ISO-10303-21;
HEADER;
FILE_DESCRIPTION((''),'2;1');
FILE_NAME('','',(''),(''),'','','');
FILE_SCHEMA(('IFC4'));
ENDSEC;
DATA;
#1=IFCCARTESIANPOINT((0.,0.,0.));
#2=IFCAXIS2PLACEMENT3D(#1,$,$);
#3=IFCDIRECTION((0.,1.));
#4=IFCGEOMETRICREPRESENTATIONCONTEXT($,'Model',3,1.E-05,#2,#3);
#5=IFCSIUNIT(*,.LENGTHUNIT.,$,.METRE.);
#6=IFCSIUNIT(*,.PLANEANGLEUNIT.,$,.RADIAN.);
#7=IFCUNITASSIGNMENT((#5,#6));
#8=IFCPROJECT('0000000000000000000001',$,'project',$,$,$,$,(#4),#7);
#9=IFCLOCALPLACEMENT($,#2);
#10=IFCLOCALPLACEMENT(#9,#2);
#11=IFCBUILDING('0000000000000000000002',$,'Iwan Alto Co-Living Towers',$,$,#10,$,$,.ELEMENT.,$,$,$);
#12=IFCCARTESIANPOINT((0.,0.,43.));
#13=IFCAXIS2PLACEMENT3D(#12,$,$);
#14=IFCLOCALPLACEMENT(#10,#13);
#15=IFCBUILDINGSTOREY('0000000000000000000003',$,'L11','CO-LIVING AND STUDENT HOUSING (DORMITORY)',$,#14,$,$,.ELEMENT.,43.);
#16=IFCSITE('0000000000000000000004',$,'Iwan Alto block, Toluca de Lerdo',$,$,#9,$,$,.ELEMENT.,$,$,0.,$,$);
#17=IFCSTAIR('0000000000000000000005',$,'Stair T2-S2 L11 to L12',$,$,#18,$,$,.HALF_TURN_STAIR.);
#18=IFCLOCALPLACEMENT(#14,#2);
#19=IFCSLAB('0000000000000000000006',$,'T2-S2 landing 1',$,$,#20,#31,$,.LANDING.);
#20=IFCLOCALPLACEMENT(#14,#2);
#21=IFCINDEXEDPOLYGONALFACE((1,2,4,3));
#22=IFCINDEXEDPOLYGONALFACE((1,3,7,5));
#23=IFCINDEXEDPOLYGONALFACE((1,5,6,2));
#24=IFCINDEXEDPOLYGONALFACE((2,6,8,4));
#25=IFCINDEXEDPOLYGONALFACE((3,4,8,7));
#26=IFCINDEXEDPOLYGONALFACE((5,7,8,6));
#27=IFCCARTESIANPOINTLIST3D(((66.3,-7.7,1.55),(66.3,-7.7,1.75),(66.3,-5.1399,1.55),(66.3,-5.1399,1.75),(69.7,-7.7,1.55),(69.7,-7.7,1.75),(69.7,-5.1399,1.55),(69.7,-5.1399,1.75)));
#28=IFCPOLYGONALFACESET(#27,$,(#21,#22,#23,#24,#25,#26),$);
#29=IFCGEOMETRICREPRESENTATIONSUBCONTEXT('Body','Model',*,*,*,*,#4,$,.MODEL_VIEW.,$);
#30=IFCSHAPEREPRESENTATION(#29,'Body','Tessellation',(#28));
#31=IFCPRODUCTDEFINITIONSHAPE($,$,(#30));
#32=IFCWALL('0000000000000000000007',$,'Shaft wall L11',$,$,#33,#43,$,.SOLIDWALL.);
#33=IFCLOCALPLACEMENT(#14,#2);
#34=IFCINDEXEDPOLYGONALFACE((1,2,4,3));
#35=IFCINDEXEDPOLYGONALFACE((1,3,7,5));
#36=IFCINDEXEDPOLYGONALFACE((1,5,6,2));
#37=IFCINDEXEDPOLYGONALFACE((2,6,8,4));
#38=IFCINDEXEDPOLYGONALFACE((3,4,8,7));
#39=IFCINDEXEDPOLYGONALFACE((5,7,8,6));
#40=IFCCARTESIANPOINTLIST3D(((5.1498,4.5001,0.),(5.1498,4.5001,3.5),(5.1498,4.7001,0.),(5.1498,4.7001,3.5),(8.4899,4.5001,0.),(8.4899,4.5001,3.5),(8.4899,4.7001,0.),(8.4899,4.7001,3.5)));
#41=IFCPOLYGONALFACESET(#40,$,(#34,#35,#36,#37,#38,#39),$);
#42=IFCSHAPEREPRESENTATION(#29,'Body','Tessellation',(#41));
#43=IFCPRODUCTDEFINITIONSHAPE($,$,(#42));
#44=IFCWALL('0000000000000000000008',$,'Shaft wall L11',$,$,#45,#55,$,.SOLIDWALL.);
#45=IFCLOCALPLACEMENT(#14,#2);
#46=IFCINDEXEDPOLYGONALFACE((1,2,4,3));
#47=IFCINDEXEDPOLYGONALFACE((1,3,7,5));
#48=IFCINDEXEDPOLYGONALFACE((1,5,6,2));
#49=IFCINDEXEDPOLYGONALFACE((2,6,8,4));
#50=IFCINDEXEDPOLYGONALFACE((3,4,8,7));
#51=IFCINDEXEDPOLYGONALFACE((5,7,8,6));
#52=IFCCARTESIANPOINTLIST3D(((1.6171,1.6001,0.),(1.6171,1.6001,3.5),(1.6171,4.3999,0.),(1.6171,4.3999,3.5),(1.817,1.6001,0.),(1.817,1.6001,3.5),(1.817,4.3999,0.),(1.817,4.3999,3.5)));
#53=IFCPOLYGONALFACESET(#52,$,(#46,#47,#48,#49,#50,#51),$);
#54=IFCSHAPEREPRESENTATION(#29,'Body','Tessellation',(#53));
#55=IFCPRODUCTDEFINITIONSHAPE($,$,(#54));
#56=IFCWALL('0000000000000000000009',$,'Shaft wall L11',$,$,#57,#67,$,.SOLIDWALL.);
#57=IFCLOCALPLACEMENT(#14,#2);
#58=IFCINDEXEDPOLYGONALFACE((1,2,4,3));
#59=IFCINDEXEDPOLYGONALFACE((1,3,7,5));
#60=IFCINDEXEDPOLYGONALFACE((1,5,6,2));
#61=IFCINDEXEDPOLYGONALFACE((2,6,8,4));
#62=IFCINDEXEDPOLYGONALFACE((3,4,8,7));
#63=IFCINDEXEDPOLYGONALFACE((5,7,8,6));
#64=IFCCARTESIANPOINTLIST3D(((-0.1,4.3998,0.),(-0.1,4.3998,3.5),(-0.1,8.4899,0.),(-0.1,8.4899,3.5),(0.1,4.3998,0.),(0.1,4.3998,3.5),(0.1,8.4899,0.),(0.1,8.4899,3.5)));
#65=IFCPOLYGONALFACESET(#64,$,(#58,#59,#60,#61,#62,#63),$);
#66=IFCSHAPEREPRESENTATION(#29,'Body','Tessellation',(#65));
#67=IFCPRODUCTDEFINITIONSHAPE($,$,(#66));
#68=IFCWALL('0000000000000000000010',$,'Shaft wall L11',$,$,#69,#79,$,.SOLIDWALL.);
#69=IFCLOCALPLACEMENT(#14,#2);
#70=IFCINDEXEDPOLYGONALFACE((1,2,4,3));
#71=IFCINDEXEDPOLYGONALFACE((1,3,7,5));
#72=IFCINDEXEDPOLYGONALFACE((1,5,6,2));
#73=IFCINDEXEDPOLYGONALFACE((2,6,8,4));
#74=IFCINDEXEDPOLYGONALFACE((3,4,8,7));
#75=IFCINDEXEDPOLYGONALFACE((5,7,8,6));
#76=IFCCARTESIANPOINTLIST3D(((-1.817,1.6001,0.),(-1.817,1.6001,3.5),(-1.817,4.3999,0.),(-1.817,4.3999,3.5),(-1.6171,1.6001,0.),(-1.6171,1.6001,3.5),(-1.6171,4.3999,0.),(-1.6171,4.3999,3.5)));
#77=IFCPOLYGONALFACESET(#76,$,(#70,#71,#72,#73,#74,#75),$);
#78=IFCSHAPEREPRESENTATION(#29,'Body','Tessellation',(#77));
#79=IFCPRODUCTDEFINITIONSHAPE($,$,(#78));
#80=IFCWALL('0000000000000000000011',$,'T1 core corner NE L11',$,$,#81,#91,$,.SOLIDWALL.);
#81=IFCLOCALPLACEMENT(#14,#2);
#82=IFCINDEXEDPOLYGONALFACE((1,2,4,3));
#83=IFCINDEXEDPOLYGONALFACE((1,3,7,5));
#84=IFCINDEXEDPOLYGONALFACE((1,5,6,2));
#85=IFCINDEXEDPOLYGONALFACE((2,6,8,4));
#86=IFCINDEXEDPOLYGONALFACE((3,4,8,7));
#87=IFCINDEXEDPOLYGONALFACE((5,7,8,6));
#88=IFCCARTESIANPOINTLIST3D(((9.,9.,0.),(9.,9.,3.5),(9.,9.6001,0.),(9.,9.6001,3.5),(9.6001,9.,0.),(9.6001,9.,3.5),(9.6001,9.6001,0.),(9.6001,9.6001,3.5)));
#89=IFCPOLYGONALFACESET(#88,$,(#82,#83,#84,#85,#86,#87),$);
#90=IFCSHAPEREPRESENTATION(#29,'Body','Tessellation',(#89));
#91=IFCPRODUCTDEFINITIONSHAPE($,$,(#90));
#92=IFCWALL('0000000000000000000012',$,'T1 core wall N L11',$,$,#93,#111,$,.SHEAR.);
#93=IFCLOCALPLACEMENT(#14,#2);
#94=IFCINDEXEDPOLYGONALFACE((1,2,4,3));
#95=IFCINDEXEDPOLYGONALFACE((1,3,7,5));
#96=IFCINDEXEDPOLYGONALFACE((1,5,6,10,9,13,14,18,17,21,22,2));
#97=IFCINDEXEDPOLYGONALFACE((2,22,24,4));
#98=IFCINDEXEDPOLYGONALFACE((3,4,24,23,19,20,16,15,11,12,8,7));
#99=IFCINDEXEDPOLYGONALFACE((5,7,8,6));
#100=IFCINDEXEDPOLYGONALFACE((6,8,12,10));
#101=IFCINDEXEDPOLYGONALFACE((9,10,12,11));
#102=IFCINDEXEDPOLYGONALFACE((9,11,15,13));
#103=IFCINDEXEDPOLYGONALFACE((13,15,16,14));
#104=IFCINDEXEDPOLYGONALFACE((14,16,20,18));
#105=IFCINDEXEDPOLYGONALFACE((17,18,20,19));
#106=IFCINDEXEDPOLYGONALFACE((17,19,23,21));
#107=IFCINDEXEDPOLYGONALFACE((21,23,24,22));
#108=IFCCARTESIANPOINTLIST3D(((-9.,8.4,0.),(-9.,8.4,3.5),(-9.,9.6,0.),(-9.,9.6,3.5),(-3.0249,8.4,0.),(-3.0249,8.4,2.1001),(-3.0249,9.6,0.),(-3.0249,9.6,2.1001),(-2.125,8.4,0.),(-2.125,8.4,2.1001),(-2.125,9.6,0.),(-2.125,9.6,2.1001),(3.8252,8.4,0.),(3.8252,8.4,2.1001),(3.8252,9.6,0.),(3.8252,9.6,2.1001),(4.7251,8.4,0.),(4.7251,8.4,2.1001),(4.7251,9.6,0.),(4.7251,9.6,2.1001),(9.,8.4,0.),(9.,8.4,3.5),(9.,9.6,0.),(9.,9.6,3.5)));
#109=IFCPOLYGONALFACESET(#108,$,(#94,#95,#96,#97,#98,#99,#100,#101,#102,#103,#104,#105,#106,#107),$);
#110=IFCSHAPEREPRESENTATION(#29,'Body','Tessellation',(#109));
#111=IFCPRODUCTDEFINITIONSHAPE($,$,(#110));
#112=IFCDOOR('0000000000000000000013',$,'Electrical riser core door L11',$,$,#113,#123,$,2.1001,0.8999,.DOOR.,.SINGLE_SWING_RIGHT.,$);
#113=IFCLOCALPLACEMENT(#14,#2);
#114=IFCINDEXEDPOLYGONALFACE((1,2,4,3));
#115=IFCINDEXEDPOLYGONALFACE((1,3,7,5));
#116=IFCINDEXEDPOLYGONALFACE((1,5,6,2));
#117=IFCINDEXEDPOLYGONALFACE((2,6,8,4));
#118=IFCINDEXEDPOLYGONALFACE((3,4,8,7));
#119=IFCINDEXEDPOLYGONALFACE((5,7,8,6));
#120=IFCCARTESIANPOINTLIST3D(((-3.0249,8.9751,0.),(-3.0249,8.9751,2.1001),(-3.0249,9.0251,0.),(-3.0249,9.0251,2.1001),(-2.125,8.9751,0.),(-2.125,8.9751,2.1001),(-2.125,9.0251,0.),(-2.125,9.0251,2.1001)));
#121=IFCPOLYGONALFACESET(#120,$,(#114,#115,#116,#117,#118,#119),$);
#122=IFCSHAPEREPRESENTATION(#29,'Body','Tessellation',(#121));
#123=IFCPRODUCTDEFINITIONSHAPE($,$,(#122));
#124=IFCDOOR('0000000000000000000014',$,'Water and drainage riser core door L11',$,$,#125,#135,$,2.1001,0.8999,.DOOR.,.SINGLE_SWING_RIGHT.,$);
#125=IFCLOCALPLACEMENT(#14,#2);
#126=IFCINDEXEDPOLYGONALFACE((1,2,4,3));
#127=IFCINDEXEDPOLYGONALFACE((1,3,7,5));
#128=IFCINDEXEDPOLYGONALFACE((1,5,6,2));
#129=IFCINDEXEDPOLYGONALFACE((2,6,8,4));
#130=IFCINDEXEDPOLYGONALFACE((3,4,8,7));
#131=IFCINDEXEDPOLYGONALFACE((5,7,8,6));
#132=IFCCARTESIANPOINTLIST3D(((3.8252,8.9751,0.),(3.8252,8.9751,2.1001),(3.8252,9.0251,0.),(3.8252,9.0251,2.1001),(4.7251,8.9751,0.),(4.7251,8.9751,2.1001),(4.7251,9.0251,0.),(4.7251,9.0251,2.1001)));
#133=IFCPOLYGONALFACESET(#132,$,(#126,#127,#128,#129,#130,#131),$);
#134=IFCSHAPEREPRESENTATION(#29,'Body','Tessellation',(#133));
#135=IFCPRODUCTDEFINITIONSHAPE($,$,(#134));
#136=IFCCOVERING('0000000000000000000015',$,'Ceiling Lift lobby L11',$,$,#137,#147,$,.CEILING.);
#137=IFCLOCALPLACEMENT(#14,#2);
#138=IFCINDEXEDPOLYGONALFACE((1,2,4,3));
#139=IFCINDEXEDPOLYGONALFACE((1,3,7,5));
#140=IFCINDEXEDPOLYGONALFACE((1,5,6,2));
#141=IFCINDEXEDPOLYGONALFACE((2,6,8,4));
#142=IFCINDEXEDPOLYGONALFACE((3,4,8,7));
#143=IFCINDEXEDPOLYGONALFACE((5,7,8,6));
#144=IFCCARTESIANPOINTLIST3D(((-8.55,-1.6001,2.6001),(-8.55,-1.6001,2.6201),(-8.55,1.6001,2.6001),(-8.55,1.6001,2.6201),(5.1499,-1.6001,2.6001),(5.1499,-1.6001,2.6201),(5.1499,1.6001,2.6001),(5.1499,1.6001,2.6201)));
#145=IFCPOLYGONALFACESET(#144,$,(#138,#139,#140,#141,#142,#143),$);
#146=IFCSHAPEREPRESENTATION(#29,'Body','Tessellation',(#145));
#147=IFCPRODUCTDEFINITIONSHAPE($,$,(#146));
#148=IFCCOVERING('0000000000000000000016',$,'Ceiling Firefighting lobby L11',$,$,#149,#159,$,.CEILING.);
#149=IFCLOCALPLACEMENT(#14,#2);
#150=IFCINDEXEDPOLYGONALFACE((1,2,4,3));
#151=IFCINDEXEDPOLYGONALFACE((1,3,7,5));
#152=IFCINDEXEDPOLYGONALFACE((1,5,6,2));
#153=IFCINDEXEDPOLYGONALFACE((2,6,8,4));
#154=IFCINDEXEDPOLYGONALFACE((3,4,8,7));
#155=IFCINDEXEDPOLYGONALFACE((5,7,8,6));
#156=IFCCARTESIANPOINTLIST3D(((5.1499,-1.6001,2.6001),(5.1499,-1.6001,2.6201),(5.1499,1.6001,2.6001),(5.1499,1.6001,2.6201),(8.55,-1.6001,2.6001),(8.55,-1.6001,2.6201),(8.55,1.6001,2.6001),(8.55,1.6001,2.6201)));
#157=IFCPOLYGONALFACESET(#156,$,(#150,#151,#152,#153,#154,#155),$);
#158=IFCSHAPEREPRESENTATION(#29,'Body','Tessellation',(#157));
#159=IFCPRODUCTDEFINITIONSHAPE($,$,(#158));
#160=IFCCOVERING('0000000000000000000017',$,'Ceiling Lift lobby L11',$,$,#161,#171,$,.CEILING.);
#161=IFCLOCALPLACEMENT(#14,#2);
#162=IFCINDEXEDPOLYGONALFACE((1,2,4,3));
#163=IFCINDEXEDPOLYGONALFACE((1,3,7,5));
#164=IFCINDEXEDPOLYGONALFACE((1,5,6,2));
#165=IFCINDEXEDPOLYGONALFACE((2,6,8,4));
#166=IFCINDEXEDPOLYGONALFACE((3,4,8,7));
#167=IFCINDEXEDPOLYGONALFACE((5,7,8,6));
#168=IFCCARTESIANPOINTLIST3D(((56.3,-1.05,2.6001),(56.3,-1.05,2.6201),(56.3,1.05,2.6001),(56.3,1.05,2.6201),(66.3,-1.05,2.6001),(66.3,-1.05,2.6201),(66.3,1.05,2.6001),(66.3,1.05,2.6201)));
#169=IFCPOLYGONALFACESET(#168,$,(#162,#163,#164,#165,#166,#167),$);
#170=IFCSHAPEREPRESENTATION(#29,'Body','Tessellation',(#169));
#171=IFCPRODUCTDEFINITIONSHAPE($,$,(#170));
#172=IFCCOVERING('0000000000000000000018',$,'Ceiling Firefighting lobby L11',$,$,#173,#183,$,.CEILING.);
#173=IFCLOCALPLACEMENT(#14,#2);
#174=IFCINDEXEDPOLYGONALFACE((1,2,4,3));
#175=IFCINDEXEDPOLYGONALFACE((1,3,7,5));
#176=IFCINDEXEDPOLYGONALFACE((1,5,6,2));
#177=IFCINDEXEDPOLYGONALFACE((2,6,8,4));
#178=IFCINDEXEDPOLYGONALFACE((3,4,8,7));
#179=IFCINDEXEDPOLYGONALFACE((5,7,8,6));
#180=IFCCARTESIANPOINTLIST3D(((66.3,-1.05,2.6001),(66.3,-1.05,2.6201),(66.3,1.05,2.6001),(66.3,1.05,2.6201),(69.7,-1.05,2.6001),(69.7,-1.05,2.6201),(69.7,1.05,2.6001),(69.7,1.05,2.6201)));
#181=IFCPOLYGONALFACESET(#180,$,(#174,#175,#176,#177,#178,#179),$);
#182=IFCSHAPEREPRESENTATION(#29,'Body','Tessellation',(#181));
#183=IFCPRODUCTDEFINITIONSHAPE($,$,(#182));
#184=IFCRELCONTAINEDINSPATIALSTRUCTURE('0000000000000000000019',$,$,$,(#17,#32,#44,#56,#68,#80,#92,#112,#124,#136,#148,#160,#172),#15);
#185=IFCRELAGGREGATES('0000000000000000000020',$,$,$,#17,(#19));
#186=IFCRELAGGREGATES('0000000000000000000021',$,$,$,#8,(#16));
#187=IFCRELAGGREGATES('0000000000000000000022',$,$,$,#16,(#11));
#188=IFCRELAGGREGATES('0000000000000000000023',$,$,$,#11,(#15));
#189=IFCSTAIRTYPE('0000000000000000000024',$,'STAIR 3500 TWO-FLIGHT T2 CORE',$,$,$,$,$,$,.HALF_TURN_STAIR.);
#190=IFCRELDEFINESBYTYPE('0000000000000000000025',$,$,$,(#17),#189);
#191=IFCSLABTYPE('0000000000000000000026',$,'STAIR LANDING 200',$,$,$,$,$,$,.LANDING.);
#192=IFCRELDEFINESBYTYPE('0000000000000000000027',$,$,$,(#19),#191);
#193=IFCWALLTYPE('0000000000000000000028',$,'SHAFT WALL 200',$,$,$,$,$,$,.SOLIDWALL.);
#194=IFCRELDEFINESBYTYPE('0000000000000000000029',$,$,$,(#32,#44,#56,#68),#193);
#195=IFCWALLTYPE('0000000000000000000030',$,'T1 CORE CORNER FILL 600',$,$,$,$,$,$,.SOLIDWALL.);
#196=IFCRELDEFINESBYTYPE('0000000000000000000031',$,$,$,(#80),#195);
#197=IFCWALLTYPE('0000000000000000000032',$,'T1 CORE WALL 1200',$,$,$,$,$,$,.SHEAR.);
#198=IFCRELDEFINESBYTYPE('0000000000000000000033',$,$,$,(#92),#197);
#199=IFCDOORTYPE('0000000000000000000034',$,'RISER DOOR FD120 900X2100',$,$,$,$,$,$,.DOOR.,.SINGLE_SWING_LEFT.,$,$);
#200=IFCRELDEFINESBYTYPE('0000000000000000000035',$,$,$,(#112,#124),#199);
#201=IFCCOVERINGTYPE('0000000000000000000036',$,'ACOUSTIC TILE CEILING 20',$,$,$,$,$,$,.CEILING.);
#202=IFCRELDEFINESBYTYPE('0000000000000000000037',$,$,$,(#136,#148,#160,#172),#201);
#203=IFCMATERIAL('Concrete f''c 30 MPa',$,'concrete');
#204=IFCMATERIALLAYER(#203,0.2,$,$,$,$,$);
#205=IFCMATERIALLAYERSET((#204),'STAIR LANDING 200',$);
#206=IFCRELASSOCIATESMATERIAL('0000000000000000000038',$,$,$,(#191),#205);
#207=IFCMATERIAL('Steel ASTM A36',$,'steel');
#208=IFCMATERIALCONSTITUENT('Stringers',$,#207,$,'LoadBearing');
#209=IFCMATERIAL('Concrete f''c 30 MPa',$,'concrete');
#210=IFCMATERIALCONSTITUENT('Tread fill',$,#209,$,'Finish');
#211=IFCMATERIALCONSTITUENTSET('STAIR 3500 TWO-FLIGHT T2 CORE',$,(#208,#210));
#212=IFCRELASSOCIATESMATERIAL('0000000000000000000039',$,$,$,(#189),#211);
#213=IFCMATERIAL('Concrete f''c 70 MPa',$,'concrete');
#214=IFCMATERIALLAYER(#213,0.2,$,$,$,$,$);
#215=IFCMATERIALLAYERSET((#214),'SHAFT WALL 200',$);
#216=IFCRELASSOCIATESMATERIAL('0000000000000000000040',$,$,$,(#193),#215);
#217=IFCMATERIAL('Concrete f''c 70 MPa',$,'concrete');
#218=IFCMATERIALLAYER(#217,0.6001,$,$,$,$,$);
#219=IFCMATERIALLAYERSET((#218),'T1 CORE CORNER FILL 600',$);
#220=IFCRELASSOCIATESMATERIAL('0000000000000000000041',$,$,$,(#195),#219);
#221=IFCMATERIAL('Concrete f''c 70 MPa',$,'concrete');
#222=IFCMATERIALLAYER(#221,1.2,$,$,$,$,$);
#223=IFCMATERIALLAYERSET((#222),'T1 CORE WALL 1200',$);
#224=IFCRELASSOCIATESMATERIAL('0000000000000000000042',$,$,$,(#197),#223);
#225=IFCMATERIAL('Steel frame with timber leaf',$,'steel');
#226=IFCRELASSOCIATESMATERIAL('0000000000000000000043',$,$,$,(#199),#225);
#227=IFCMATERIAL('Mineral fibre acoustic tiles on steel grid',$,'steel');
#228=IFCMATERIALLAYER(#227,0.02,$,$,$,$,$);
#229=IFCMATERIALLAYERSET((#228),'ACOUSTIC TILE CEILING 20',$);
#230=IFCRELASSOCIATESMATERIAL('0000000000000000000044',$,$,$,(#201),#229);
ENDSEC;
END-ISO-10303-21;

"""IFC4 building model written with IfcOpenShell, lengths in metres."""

from ifc_helpers import new_model, si_unit, direction, frame, frame_2d, origin, place, context, subcontext, project, spatial, polyline, rectangle, outline, extrude, material, layer, layer_set, constituent, constituent_set, type_object, element, fill, aggregate, save


model = new_model("IFC4")

# Units and contexts
model_context = context("Model", 3, precision=1e-05, world=origin(), true_north=direction((0.0, 1.0)))
body_context = subcontext(model_context, "Body", "Model", "MODEL_VIEW")
ifc_project = project(units=[si_unit("LENGTHUNIT", "METRE"), si_unit("PLANEANGLEUNIT", "RADIAN")], contexts=[model_context])

# Site, building, storey
site_placement = place(None, origin())
site = spatial("IfcSite", under=ifc_project, at=site_placement, Name="Iwan Alto block, Toluca de Lerdo", CompositionType="ELEMENT", RefElevation=0.0)
building_placement = place(site_placement, origin())
building = spatial("IfcBuilding", under=site, at=building_placement, Name="Iwan Alto Co-Living Towers", CompositionType="ELEMENT")
storey_placement = place(building_placement, frame((0.0, 0.0, 43.0)))
storey = spatial("IfcBuildingStorey", under=building, at=storey_placement, Name="L11", Description="CO-LIVING AND STUDENT HOUSING (DORMITORY)", CompositionType="ELEMENT", Elevation=43.0)

# Stair, slab
ifc_material_1 = material(Name="Steel ASTM A36", Category="steel")
ifc_material_2 = material(Name="Concrete f'c 30 MPa", Category="concrete")
ifc_material_3 = material(Name="Concrete f'c 30 MPa", Category="concrete")
ifc_layer_1 = layer(ifc_material_3, 0.2)
ifc_layer_set_1 = layer_set([ifc_layer_1], Name="STAIR LANDING 200")
slab_type_1 = type_object("IfcSlabType", Name="STAIR LANDING 200", PredefinedType="LANDING", material=ifc_layer_set_1)
ifc_constituent_1 = constituent(ifc_material_1, Name="Stringers", Category="LoadBearing")
ifc_constituent_2 = constituent(ifc_material_2, Name="Tread fill", Category="Finish")
ifc_constituent_set_1 = constituent_set(constituents=[ifc_constituent_1, ifc_constituent_2], Name="STAIR 3500 TWO-FLIGHT T2 CORE")
stair_type_1 = type_object("IfcStairType", Name="STAIR 3500 TWO-FLIGHT T2 CORE", PredefinedType="HALF_TURN_STAIR", material=ifc_constituent_set_1)
stair_1_placement = place(storey_placement, origin())
stair_1 = element("IfcStair", 1, at=stair_1_placement, inside=storey, type_object=stair_type_1, Name="Stair T2-S2 L11 to L12", PredefinedType="HALF_TURN_STAIR")
slab_1_placement = place(storey_placement, frame((0.0, 0.0, 1.55)))
slab_1 = element("IfcSlab", 2, at=slab_1_placement, type_object=slab_type_1, Name="T2-S2 landing 1", PredefinedType="LANDING", context=body_context, shape_type="SweptSolid", body=[
    extrude(outline(polyline([(66.3, -5.1399), (66.3, -7.7), (69.7, -7.7), (69.7, -5.1399), (66.3, -5.1399)])), origin(), (0.0, 0.0, 1.0), 0.2),
])
aggregate(stair_1, [slab_1])

# Walls
ifc_material_4 = material(Name="Concrete f'c 70 MPa", Category="concrete")
ifc_layer_2 = layer(ifc_material_4, 0.2)
ifc_layer_set_2 = layer_set([ifc_layer_2], Name="SHAFT WALL 200")
wall_type_1 = type_object("IfcWallType", Name="SHAFT WALL 200", PredefinedType="SOLIDWALL", material=ifc_layer_set_2)
wall_1_placement = place(storey_placement, frame((5.1499, 4.6001, 0.0), z_axis=(0.0, 0.0, 1.0), x_axis=(1.0, 0.0, 0.0)))
element("IfcWall", 3, at=wall_1_placement, inside=storey, type_object=wall_type_1, Name="Shaft wall L11", PredefinedType="SOLIDWALL", context=body_context, shape_type="SweptSolid", body=[
    extrude(rectangle(XDim=3.3401, YDim=0.2, at=frame_2d((1.6699, 0.0))), origin(), (0.0, 0.0, 1.0), 3.5),
])
wall_2_placement = place(storey_placement, frame((1.717, 1.6001, 0.0), z_axis=(0.0, 0.0, 1.0), x_axis=(0.0, 1.0, 0.0)))
element("IfcWall", 4, at=wall_2_placement, inside=storey, type_object=wall_type_1, Name="Shaft wall L11", PredefinedType="SOLIDWALL", context=body_context, shape_type="SweptSolid", body=[
    extrude(rectangle(XDim=2.7998, YDim=0.2, at=frame_2d((1.3999, 0.0))), origin(), (0.0, 0.0, 1.0), 3.5),
])
wall_3_placement = place(storey_placement, frame((0.0, 4.3999, 0.0), z_axis=(0.0, 0.0, 1.0), x_axis=(0.0, 1.0, 0.0)))
element("IfcWall", 5, at=wall_3_placement, inside=storey, type_object=wall_type_1, Name="Shaft wall L11", PredefinedType="SOLIDWALL", context=body_context, shape_type="SweptSolid", body=[
    extrude(rectangle(XDim=4.0901, YDim=0.2, at=frame_2d((2.0449, 0.0))), origin(), (0.0, 0.0, 1.0), 3.5),
])
wall_4_placement = place(storey_placement, frame((-1.717, 1.6001, 0.0), z_axis=(0.0, 0.0, 1.0), x_axis=(0.0, 1.0, 0.0)))
element("IfcWall", 6, at=wall_4_placement, inside=storey, type_object=wall_type_1, Name="Shaft wall L11", PredefinedType="SOLIDWALL", context=body_context, shape_type="SweptSolid", body=[
    extrude(rectangle(XDim=2.7998, YDim=0.2, at=frame_2d((1.3999, 0.0))), origin(), (0.0, 0.0, 1.0), 3.5),
])
ifc_material_5 = material(Name="Concrete f'c 70 MPa", Category="concrete")
ifc_layer_3 = layer(ifc_material_5, 0.6001)
ifc_layer_set_3 = layer_set([ifc_layer_3], Name="T1 CORE CORNER FILL 600")
wall_type_2 = type_object("IfcWallType", Name="T1 CORE CORNER FILL 600", PredefinedType="SOLIDWALL", material=ifc_layer_set_3)
wall_5_placement = place(storey_placement, frame((9.0, 9.3, 0.0), z_axis=(0.0, 0.0, 1.0), x_axis=(1.0, 0.0, 0.0)))
element("IfcWall", 7, at=wall_5_placement, inside=storey, type_object=wall_type_2, Name="T1 core corner NE L11", PredefinedType="SOLIDWALL", context=body_context, shape_type="SweptSolid", body=[
    extrude(rectangle(XDim=0.6001, YDim=0.6001, at=frame_2d((0.3, 0.0))), origin(), (0.0, 0.0, 1.0), 3.5),
])

# Wall, openings, doors
ifc_material_6 = material(Name="Concrete f'c 70 MPa", Category="concrete")
ifc_layer_4 = layer(ifc_material_6, 1.2)
ifc_layer_set_4 = layer_set([ifc_layer_4], Name="T1 CORE WALL 1200")
wall_type_3 = type_object("IfcWallType", Name="T1 CORE WALL 1200", PredefinedType="SHEAR", material=ifc_layer_set_4)
wall_6_placement = place(storey_placement, frame((9.0, 9.0, 0.0), z_axis=(0.0, 0.0, 1.0), x_axis=(-1.0, 0.0, 0.0)))
wall_6 = element("IfcWall", 8, at=wall_6_placement, inside=storey, type_object=wall_type_3, Name="T1 core wall N L11", PredefinedType="SHEAR", context=body_context, shape_type="SweptSolid", body=[
    extrude(rectangle(XDim=18.0, YDim=1.2, at=frame_2d((9.0, 0.0))), origin(), (0.0, 0.0, 1.0), 3.5),
])
opening_1_placement = place(wall_6_placement, frame((11.125, 0.0, 0.0)))
opening_1 = element("IfcOpeningElement", 9, at=opening_1_placement, cuts=wall_6, PredefinedType="OPENING", context=body_context, shape_type="SweptSolid", body=[
    extrude(rectangle(XDim=0.8999, YDim=2.1001, at=frame_2d((0.45, 1.05))), frame((0.0, 0.6099, 0.0), z_axis=(0.0, -1.0, 0.0), x_axis=(1.0, 0.0, 0.0)), (0.0, 0.0, 1.0), 1.22),
])
opening_2_placement = place(wall_6_placement, frame((4.2749, 0.0, 0.0)))
opening_2 = element("IfcOpeningElement", 10, at=opening_2_placement, cuts=wall_6, PredefinedType="OPENING", context=body_context, shape_type="SweptSolid", body=[
    extrude(rectangle(XDim=0.8999, YDim=2.1001, at=frame_2d((0.45, 1.05))), frame((0.0, 0.6099, 0.0), z_axis=(0.0, -1.0, 0.0), x_axis=(1.0, 0.0, 0.0)), (0.0, 0.0, 1.0), 1.22),
])
ifc_material_7 = material(Name="Steel frame with timber leaf", Category="steel")
door_type = type_object("IfcDoorType", Name="RISER DOOR FD120 900X2100", OperationType="SINGLE_SWING_LEFT", PredefinedType="DOOR", material=ifc_material_7)
door_1_placement = place(opening_1_placement, origin())
door_1 = element("IfcDoor", 11, at=door_1_placement, inside=storey, type_object=door_type, Name="Electrical riser core door L11", OperationType="SINGLE_SWING_RIGHT", OverallHeight=2.1001, OverallWidth=0.8999, PredefinedType="DOOR", context=body_context, shape_type="SweptSolid", body=[
    extrude(rectangle(XDim=0.8999, YDim=2.1001, at=frame_2d((0.45, 1.05))), frame((0.0, 0.0249, 0.0), z_axis=(0.0, -1.0, 0.0), x_axis=(1.0, 0.0, 0.0)), (0.0, 0.0, 1.0), 0.05),
])
fill(opening_1, door_1)
door_2_placement = place(opening_2_placement, origin())
door_2 = element("IfcDoor", 12, at=door_2_placement, inside=storey, type_object=door_type, Name="Water and drainage riser core door L11", OperationType="SINGLE_SWING_RIGHT", OverallHeight=2.1001, OverallWidth=0.8999, PredefinedType="DOOR", context=body_context, shape_type="SweptSolid", body=[
    extrude(rectangle(XDim=0.8999, YDim=2.1001, at=frame_2d((0.45, 1.05))), frame((0.0, 0.0249, 0.0), z_axis=(0.0, -1.0, 0.0), x_axis=(1.0, 0.0, 0.0)), (0.0, 0.0, 1.0), 0.05),
])
fill(opening_2, door_2)

# Coverings
ifc_material_8 = material(Name="Mineral fibre acoustic tiles on steel grid", Category="steel")
ifc_layer_5 = layer(ifc_material_8, 0.02)
ifc_layer_set_5 = layer_set([ifc_layer_5], Name="ACOUSTIC TILE CEILING 20")
covering_type_1 = type_object("IfcCoveringType", Name="ACOUSTIC TILE CEILING 20", PredefinedType="CEILING", material=ifc_layer_set_5)
covering_1_placement = place(storey_placement, frame((0.0, 0.0, 2.6001)))
element("IfcCovering", 13, at=covering_1_placement, inside=storey, type_object=covering_type_1, Name="Ceiling Lift lobby L11", PredefinedType="CEILING", context=body_context, shape_type="SweptSolid", body=[
    extrude(outline(polyline([(-8.55, -1.6001), (-8.55, 1.6001), (5.1499, 1.6001), (5.1499, -1.6001), (-8.55, -1.6001)])), origin(), (0.0, 0.0, 1.0), 0.02),
])
covering_2_placement = place(storey_placement, frame((0.0, 0.0, 2.6001)))
element("IfcCovering", 14, at=covering_2_placement, inside=storey, type_object=covering_type_1, Name="Ceiling Firefighting lobby L11", PredefinedType="CEILING", context=body_context, shape_type="SweptSolid", body=[
    extrude(outline(polyline([(5.1499, -1.6001), (5.1499, 1.6001), (8.55, 1.6001), (8.55, -1.6001), (5.1499, -1.6001)])), origin(), (0.0, 0.0, 1.0), 0.02),
])
covering_3_placement = place(storey_placement, frame((0.0, 0.0, 2.6001)))
element("IfcCovering", 15, at=covering_3_placement, inside=storey, type_object=covering_type_1, Name="Ceiling Lift lobby L11", PredefinedType="CEILING", context=body_context, shape_type="SweptSolid", body=[
    extrude(outline(polyline([(56.3, -1.05), (56.3, 1.05), (66.3, 1.05), (66.3, -1.05), (56.3, -1.05)])), origin(), (0.0, 0.0, 1.0), 0.02),
])
covering_4_placement = place(storey_placement, frame((0.0, 0.0, 2.6001)))
element("IfcCovering", 16, at=covering_4_placement, inside=storey, type_object=covering_type_1, Name="Ceiling Firefighting lobby L11", PredefinedType="CEILING", context=body_context, shape_type="SweptSolid", body=[
    extrude(outline(polyline([(66.3, -1.05), (66.3, 1.05), (69.7, 1.05), (69.7, -1.05), (66.3, -1.05)])), origin(), (0.0, 0.0, 1.0), 0.02),
])

save(model, "model.ifc")
